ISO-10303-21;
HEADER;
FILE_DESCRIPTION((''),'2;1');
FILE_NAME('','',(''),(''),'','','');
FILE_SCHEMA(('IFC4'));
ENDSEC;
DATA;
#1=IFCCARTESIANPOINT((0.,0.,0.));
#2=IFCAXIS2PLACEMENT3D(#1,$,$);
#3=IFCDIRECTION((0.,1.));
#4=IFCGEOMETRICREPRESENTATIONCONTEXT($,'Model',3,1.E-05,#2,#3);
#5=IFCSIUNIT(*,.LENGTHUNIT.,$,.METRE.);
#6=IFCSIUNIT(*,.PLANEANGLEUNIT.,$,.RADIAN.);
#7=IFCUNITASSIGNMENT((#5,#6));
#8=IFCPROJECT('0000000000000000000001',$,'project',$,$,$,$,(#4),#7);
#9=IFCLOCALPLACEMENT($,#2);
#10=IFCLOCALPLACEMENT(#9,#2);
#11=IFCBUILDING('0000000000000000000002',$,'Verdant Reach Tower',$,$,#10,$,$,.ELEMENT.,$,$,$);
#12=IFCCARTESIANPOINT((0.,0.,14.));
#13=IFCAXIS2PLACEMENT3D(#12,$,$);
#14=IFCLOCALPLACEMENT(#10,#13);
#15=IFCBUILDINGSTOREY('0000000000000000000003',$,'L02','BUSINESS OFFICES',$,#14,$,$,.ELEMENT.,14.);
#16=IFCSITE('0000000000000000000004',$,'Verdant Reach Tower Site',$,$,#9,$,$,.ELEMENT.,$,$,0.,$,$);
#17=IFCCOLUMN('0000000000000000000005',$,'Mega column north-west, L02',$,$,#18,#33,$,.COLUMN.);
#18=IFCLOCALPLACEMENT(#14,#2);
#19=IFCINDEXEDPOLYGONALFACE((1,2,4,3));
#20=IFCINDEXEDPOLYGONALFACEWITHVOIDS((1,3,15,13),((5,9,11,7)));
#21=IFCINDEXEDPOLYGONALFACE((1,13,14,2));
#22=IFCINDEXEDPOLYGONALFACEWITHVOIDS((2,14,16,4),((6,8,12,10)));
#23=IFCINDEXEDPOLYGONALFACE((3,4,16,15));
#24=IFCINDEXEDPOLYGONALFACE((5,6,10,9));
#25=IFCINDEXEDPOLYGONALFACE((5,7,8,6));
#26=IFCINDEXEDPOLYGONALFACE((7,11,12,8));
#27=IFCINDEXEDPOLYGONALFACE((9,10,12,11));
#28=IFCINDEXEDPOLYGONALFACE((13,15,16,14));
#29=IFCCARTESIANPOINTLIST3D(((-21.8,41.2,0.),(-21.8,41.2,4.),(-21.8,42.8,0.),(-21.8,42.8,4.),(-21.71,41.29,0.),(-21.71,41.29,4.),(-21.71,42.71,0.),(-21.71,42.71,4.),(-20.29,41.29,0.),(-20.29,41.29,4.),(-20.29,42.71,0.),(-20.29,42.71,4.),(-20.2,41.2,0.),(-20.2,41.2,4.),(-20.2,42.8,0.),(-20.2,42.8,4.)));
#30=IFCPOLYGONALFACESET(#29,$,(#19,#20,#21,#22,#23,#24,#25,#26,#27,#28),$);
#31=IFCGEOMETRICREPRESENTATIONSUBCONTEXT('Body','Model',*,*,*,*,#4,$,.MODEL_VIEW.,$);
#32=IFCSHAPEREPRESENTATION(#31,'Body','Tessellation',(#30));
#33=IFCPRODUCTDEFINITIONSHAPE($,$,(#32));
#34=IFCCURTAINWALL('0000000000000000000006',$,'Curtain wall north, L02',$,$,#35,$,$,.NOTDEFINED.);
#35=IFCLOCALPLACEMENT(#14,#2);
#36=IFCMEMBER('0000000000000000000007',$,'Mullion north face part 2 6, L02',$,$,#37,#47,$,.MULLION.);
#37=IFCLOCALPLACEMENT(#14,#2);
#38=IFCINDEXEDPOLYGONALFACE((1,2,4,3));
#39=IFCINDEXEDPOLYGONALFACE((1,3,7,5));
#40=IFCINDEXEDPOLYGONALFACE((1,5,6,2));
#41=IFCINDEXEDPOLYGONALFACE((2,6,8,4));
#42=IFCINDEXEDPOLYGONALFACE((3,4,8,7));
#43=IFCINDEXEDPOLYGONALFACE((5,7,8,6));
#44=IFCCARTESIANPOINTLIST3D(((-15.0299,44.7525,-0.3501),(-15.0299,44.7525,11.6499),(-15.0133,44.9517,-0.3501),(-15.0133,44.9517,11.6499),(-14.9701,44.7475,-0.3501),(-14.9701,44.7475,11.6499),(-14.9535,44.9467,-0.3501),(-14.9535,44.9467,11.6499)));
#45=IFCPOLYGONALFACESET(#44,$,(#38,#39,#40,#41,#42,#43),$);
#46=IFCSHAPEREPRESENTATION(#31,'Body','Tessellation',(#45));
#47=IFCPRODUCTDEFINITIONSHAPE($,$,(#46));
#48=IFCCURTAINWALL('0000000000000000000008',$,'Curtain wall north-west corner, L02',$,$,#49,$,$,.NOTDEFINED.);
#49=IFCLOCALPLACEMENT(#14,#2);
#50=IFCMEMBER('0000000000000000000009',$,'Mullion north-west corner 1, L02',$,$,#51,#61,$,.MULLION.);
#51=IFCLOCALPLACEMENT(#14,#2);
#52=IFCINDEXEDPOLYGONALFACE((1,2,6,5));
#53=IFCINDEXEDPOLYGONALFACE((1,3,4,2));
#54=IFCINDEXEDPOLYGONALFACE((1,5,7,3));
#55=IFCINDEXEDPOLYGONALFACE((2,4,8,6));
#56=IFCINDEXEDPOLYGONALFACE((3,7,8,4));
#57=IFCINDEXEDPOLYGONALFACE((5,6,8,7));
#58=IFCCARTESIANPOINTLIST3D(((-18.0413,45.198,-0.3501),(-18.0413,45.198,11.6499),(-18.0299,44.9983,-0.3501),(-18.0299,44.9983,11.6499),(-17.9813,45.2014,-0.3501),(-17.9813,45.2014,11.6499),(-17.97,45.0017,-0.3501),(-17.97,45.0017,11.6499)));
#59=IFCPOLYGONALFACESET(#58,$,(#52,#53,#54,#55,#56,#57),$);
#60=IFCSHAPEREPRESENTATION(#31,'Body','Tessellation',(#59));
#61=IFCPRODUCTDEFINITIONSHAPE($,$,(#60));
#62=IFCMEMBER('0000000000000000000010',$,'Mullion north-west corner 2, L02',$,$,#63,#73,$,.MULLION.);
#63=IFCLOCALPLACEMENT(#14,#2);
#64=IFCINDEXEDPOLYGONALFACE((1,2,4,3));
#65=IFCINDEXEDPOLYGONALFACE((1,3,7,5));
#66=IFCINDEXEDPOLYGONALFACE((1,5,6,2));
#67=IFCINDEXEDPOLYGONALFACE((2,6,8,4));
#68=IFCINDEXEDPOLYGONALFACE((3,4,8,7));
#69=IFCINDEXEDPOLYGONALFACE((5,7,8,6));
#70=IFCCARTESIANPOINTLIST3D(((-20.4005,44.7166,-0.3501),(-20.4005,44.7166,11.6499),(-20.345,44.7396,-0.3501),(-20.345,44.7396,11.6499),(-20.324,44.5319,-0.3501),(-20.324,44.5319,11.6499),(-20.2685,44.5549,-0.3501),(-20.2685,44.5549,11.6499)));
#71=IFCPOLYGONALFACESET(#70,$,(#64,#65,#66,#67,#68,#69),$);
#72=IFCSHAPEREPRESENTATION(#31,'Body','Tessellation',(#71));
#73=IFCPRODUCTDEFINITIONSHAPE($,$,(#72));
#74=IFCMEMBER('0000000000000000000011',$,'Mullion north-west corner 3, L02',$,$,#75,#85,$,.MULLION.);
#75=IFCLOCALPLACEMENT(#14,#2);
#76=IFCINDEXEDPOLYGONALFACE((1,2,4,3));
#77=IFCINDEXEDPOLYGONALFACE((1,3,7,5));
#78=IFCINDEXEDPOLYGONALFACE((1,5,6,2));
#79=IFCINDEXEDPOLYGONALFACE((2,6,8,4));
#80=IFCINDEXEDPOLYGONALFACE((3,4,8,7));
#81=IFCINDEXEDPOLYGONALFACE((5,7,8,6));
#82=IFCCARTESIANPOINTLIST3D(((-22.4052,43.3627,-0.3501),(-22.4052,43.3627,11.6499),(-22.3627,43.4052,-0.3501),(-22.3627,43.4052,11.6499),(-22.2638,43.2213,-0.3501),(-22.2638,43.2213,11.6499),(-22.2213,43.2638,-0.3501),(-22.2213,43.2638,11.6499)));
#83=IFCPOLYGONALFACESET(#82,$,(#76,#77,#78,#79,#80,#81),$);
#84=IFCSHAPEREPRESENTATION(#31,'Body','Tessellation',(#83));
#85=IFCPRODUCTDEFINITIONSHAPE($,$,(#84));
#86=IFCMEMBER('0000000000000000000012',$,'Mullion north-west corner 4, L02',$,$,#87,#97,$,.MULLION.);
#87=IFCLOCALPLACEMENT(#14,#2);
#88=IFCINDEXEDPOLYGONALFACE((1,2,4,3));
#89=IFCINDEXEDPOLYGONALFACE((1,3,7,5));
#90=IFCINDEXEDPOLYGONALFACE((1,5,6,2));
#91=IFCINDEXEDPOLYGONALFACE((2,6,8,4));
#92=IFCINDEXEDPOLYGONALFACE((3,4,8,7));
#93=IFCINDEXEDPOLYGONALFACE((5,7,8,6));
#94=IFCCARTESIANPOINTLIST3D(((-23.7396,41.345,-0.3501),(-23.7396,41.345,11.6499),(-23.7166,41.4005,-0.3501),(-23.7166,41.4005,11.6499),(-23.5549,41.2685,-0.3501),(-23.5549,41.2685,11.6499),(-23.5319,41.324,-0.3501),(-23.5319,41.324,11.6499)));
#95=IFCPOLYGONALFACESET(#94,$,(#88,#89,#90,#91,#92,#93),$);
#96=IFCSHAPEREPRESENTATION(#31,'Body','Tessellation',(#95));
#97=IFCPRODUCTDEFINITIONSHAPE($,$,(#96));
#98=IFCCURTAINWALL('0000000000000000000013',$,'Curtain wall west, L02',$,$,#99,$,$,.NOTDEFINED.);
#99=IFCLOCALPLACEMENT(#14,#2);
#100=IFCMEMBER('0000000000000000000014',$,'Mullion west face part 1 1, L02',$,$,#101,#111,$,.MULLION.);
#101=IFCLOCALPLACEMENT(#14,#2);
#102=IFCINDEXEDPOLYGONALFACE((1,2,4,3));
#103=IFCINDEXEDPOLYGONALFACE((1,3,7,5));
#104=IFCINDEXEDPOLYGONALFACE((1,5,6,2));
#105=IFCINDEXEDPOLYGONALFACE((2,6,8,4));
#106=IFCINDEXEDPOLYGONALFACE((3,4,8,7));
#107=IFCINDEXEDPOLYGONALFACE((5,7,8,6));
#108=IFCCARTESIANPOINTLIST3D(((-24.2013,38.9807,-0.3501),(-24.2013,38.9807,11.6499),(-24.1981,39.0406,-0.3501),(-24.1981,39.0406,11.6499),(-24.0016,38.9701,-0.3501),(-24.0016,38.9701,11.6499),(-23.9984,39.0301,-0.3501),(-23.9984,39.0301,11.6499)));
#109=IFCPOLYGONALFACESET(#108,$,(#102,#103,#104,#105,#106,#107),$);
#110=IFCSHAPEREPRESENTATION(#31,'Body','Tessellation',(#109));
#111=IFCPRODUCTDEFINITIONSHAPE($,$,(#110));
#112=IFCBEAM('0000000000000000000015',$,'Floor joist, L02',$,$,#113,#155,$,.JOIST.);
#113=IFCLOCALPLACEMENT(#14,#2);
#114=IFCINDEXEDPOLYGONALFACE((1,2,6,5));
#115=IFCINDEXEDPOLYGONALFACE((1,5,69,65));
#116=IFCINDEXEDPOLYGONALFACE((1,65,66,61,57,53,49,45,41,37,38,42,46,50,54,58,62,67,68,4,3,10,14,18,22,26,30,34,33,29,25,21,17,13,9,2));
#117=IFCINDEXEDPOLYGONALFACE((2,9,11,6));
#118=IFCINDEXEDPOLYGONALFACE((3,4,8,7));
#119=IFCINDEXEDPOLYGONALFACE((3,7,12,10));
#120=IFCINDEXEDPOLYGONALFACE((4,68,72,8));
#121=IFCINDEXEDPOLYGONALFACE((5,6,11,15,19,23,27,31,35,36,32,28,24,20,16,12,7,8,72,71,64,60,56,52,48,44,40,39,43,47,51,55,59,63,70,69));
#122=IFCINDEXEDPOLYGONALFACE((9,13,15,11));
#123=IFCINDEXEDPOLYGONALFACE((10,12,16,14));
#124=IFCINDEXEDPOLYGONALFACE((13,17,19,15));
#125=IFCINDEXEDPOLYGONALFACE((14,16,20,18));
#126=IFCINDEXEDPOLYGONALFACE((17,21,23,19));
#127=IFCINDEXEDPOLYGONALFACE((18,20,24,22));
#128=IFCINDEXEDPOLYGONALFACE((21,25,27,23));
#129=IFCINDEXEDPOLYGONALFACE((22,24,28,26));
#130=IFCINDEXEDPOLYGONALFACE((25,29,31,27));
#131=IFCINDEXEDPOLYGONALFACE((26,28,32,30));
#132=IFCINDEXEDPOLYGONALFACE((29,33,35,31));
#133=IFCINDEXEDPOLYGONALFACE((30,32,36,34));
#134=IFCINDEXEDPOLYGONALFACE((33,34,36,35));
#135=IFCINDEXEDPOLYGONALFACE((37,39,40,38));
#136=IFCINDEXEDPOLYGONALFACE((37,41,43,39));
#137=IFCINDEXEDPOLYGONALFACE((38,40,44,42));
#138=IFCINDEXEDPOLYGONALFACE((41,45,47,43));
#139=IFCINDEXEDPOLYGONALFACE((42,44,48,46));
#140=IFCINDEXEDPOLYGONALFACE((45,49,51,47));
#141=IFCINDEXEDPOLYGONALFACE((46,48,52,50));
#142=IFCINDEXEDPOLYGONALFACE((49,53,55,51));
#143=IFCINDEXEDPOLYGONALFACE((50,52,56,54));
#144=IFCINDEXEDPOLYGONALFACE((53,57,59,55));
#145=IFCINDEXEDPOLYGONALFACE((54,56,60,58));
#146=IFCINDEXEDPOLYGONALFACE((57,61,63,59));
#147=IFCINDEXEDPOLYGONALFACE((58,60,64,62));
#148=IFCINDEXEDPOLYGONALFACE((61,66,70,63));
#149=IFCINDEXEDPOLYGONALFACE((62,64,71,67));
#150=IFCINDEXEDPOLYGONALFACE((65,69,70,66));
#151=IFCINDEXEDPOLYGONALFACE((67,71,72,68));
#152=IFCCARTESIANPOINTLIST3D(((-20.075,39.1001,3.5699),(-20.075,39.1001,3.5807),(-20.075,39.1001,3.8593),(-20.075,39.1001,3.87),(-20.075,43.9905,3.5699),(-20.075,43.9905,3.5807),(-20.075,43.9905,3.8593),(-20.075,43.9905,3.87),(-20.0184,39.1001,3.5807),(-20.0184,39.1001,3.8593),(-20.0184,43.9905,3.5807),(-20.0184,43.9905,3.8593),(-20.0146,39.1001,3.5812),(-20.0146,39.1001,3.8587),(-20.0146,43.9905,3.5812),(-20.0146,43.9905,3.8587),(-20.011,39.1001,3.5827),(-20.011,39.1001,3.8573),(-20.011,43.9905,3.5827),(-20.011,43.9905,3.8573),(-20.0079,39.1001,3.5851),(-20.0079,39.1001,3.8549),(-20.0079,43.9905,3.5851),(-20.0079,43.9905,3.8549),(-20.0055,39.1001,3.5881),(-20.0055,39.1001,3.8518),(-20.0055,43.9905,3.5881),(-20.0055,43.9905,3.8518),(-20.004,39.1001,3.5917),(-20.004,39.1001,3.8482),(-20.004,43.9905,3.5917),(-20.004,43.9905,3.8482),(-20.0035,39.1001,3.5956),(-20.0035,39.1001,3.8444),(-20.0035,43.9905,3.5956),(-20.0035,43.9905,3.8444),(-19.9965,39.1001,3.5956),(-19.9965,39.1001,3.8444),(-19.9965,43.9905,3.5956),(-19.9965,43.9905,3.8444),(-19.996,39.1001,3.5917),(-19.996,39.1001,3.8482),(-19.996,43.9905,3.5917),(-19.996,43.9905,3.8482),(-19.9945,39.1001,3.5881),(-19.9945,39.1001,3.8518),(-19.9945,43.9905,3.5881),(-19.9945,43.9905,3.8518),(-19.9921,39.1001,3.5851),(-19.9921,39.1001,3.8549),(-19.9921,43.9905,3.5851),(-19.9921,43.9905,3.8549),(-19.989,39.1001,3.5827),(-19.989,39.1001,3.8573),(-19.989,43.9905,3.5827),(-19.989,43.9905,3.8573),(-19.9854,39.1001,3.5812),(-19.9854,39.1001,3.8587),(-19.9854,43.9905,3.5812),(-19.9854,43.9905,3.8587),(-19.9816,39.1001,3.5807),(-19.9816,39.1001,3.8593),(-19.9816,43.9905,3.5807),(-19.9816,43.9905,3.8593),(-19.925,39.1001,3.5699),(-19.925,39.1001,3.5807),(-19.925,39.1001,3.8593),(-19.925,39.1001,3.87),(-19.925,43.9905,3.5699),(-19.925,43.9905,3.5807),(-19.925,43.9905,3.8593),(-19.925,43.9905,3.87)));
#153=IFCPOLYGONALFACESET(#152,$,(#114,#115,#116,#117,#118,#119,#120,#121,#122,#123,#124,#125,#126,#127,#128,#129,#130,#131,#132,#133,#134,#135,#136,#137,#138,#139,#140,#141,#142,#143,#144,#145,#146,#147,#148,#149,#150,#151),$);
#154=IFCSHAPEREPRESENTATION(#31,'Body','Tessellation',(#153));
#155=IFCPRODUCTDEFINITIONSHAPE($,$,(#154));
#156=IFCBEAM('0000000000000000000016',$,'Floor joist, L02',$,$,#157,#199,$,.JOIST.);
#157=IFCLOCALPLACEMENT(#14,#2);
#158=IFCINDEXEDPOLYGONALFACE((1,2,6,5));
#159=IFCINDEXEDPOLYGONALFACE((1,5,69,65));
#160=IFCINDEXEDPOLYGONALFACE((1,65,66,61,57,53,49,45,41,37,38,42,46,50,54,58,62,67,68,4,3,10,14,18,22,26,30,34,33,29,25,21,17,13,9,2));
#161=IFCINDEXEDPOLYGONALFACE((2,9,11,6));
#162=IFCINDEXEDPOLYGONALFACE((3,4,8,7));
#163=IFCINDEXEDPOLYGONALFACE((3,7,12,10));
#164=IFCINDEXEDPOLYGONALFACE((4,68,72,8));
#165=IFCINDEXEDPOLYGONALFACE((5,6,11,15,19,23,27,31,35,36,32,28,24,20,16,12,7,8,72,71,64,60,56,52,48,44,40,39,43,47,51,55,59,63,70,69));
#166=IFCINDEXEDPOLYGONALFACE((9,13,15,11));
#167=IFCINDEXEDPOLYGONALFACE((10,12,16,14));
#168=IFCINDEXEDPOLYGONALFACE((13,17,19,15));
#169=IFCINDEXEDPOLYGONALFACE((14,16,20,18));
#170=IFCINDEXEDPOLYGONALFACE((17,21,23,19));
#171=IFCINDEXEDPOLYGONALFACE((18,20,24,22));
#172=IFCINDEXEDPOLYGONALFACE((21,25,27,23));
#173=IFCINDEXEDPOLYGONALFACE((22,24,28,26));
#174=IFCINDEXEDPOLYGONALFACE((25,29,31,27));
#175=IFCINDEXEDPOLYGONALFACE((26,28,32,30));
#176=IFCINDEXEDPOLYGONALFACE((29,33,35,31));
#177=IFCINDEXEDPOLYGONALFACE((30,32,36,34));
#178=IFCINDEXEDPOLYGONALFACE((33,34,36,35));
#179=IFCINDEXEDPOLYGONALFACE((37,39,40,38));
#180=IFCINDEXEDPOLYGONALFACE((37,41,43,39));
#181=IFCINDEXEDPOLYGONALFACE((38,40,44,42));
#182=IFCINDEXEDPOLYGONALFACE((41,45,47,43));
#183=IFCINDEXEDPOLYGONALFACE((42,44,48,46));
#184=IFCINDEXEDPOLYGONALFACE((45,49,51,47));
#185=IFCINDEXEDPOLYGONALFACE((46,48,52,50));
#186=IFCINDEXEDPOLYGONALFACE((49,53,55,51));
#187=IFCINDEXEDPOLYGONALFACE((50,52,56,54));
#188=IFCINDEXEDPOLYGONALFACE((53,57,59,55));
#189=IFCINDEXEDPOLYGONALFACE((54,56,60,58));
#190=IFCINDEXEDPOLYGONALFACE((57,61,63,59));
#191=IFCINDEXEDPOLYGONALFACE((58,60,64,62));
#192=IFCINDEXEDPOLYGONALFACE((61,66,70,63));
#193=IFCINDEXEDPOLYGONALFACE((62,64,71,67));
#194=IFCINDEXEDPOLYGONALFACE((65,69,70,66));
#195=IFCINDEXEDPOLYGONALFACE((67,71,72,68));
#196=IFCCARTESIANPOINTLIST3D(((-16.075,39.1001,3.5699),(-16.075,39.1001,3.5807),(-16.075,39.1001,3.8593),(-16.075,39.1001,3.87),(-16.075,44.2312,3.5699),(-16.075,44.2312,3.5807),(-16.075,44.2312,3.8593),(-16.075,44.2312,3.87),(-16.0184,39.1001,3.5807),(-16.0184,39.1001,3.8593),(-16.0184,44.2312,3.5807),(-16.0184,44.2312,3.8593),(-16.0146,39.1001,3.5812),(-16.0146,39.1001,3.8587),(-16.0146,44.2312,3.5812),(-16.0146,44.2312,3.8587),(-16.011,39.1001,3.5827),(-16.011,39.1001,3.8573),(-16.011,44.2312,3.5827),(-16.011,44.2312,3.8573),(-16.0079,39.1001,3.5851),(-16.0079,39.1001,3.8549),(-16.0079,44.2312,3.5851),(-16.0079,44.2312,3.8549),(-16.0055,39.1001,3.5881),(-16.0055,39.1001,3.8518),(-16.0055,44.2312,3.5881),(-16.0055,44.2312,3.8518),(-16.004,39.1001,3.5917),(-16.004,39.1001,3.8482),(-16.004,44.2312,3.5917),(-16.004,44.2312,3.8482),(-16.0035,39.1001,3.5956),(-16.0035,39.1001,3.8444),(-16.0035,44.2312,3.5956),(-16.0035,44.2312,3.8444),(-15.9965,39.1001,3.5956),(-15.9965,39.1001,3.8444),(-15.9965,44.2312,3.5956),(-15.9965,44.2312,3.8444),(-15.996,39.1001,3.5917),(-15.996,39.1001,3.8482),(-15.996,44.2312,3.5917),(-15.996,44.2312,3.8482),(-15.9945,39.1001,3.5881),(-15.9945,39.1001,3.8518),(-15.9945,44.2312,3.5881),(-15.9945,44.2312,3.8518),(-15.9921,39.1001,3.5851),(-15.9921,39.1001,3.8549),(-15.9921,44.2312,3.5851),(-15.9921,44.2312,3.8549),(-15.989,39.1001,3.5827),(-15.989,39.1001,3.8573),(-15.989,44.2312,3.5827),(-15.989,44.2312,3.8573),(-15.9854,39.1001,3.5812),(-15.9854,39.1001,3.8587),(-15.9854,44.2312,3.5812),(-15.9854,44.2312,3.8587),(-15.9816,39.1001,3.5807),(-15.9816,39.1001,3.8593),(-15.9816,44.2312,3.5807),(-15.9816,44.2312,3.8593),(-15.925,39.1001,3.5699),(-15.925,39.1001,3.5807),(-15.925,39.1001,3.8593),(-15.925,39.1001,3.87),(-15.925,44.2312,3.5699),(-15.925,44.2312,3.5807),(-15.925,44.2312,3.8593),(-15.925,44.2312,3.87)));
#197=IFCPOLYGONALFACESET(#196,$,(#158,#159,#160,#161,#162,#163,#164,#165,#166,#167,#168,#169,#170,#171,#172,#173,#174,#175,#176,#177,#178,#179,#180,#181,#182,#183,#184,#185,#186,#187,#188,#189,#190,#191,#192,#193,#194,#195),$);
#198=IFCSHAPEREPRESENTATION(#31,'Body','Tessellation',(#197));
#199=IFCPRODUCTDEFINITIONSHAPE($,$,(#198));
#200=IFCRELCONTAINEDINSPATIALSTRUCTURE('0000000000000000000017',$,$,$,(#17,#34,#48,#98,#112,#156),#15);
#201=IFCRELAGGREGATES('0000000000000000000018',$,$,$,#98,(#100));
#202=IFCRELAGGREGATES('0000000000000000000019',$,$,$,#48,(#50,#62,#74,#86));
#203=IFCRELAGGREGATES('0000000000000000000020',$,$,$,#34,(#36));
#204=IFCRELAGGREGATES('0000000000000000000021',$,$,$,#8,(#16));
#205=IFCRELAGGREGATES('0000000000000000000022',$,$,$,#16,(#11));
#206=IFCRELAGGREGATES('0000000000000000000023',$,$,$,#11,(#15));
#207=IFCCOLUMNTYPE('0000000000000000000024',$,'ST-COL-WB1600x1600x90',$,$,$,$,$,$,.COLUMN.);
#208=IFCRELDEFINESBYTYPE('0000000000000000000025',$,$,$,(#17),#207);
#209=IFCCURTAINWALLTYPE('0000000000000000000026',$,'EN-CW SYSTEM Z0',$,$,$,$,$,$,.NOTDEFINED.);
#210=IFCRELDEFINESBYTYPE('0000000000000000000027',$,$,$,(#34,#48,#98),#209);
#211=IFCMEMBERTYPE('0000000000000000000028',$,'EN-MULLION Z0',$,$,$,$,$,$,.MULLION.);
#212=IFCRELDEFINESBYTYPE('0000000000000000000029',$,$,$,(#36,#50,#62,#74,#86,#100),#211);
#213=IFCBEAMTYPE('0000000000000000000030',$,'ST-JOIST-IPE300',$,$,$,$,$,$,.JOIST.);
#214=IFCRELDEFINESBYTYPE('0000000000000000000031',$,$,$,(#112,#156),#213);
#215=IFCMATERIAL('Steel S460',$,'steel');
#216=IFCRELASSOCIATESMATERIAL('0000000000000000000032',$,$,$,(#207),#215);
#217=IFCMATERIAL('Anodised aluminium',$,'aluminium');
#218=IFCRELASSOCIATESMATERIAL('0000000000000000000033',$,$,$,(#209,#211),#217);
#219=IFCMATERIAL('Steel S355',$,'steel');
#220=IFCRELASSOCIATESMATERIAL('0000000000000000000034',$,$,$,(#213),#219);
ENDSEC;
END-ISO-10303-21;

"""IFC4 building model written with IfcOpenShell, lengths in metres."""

from ifc_helpers import new_model, si_unit, direction, frame, origin, origin_2d, place, context, subcontext, project, spatial, rectangle, hollow_rectangle, i_section, extrude, material, material_profile, profile_set, type_object, element, aggregate, save


model = new_model("IFC4")

# Units and contexts
model_context = context("Model", 3, precision=1e-05, world=origin(), true_north=direction((0.0, 1.0)))
body_context = subcontext(model_context, "Body", "Model", "MODEL_VIEW")
ifc_project = project(units=[si_unit("LENGTHUNIT", "METRE"), si_unit("PLANEANGLEUNIT", "RADIAN")], contexts=[model_context])

# Site, building, storey
site_placement = place(None, origin())
site = spatial("IfcSite", under=ifc_project, at=site_placement, Name="Verdant Reach Tower Site", CompositionType="ELEMENT", RefElevation=0.0)
building_placement = place(site_placement, origin())
building = spatial("IfcBuilding", under=site, at=building_placement, Name="Verdant Reach Tower", CompositionType="ELEMENT")
storey_placement = place(building_placement, frame((0.0, 0.0, 14.0)))
storey = spatial("IfcBuildingStorey", under=building, at=storey_placement, Name="L02", Description="BUSINESS OFFICES", CompositionType="ELEMENT", Elevation=14.0)

# Column
ifc_material_1 = material(Name="Steel S460", Category="steel")
ifc_material_profile_1 = material_profile(ifc_material_1, hollow_rectangle(XDim=1.6001, YDim=1.6001, WallThickness=0.0901, at=origin_2d()), Name="WB 1600x1600x90")
ifc_profile_set_1 = profile_set([ifc_material_profile_1], Name="Steel S460")
column_type = type_object("IfcColumnType", Name="ST-COL-WB1600x1600x90", PredefinedType="COLUMN", material=ifc_profile_set_1)
column_placement = place(storey_placement, frame((-21.0, 42.0, 0.0), z_axis=(0.0, 0.0, 1.0), x_axis=(1.0, 0.0, 0.0)))
element("IfcColumn", 1, at=column_placement, inside=storey, type_object=column_type, Name="Mega column north-west, L02", PredefinedType="COLUMN", context=body_context, shape_type="SweptSolid", body=[
    extrude(hollow_rectangle(XDim=1.6001, YDim=1.6001, WallThickness=0.0901, at=origin_2d()), origin(), (0.0, 0.0, 1.0), 4.0),
])

# Curtain wall, member
ifc_material_2 = material(Name="Anodised aluminium", Category="aluminium")
curtain_wall_type = type_object("IfcCurtainWallType", Name="EN-CW SYSTEM Z0", PredefinedType="NOTDEFINED", material=ifc_material_2)
curtain_wall_1_placement = place(storey_placement, origin())
curtain_wall_1 = element("IfcCurtainWall", 2, at=curtain_wall_1_placement, inside=storey, type_object=curtain_wall_type, Name="Curtain wall north, L02", PredefinedType="NOTDEFINED")
ifc_material_profile_2 = material_profile(ifc_material_2, rectangle(XDim=0.2, YDim=0.0601, at=origin_2d()), Name="Mullion 60x200")
ifc_profile_set_2 = profile_set([ifc_material_profile_2], Name="Anodised aluminium")
member_type = type_object("IfcMemberType", Name="EN-MULLION Z0", PredefinedType="MULLION", material=ifc_profile_set_2)
member_1_placement = place(storey_placement, frame((-14.9917, 44.8496, -0.3501), z_axis=(0.0, 0.0, 1.0), x_axis=(0.083045, 0.996546, 0.0)))
member_1 = element("IfcMember", 3, at=member_1_placement, type_object=member_type, Name="Mullion north face part 2 6, L02", PredefinedType="MULLION", context=body_context, shape_type="SweptSolid", body=[
    extrude(rectangle(XDim=0.2, YDim=0.0601, at=origin_2d()), origin(), (0.0, 0.0, 1.0), 12.0),
])

# Curtain wall, members
curtain_wall_2_placement = place(storey_placement, origin())
curtain_wall_2 = element("IfcCurtainWall", 4, at=curtain_wall_2_placement, inside=storey, type_object=curtain_wall_type, Name="Curtain wall north-west corner, L02", PredefinedType="NOTDEFINED")
member_2_placement = place(storey_placement, frame((-18.0056, 45.0999, -0.3501), z_axis=(0.0, 0.0, 1.0), x_axis=(-0.056569, 0.998399, 0.0)))
member_2 = element("IfcMember", 5, at=member_2_placement, type_object=member_type, Name="Mullion north-west corner 1, L02", PredefinedType="MULLION", context=body_context, shape_type="SweptSolid", body=[
    extrude(rectangle(XDim=0.2, YDim=0.0601, at=origin_2d()), origin(), (0.0, 0.0, 1.0), 12.0),
])
member_3_placement = place(storey_placement, frame((-20.3345, 44.6357, -0.3501), z_axis=(0.0, 0.0, 1.0), x_axis=(-0.382694, 0.923875, 0.0)))
member_3 = element("IfcMember", 6, at=member_3_placement, type_object=member_type, Name="Mullion north-west corner 2, L02", PredefinedType="MULLION", context=body_context, shape_type="SweptSolid", body=[
    extrude(rectangle(XDim=0.2, YDim=0.0601, at=origin_2d()), origin(), (0.0, 0.0, 1.0), 12.0),
])
member_4_placement = place(storey_placement, frame((-22.3132, 43.3132, -0.3501), z_axis=(0.0, 0.0, 1.0), x_axis=(-0.707107, 0.707107, 0.0)))
member_4 = element("IfcMember", 7, at=member_4_placement, type_object=member_type, Name="Mullion north-west corner 3, L02", PredefinedType="MULLION", context=body_context, shape_type="SweptSolid", body=[
    extrude(rectangle(XDim=0.2, YDim=0.0601, at=origin_2d()), origin(), (0.0, 0.0, 1.0), 12.0),
])
member_5_placement = place(storey_placement, frame((-23.6357, 41.3345, -0.3501), z_axis=(0.0, 0.0, 1.0), x_axis=(-0.923875, 0.382694, 0.0)))
member_5 = element("IfcMember", 8, at=member_5_placement, type_object=member_type, Name="Mullion north-west corner 4, L02", PredefinedType="MULLION", context=body_context, shape_type="SweptSolid", body=[
    extrude(rectangle(XDim=0.2, YDim=0.0601, at=origin_2d()), origin(), (0.0, 0.0, 1.0), 12.0),
])

# Curtain wall, member
curtain_wall_3_placement = place(storey_placement, origin())
curtain_wall_3 = element("IfcCurtainWall", 9, at=curtain_wall_3_placement, inside=storey, type_object=curtain_wall_type, Name="Curtain wall west, L02", PredefinedType="NOTDEFINED")
member_6_placement = place(storey_placement, frame((-24.0999, 39.0054, -0.3501), z_axis=(0.0, 0.0, 1.0), x_axis=(-0.998604, 0.052815, 0.0)))
member_6 = element("IfcMember", 10, at=member_6_placement, type_object=member_type, Name="Mullion west face part 1 1, L02", PredefinedType="MULLION", context=body_context, shape_type="SweptSolid", body=[
    extrude(rectangle(XDim=0.2, YDim=0.0601, at=origin_2d()), origin(), (0.0, 0.0, 1.0), 12.0),
])
aggregate(curtain_wall_3, [member_6])

# Beams
ifc_material_3 = material(Name="Steel S355", Category="steel")
ifc_material_profile_3 = material_profile(ifc_material_3, i_section(OverallWidth=0.1499, OverallDepth=0.3, WebThickness=0.0071, FlangeThickness=0.0107, FilletRadius=0.0149, at=origin_2d()), Name="IPE 300")
ifc_profile_set_3 = profile_set([ifc_material_profile_3], Name="Steel S355")
beam_type_1 = type_object("IfcBeamType", Name="ST-JOIST-IPE300", PredefinedType="JOIST", material=ifc_profile_set_3)
beam_1_placement = place(storey_placement, frame((-20.0, 39.1001, 3.72), z_axis=(0.0, 1.0, 0.0), x_axis=(-1.0, 0.0, 0.0)))
element("IfcBeam", 11, at=beam_1_placement, inside=storey, type_object=beam_type_1, Name="Floor joist, L02", PredefinedType="JOIST", context=body_context, shape_type="SweptSolid", body=[
    extrude(i_section(OverallWidth=0.1499, OverallDepth=0.3, WebThickness=0.0071, FlangeThickness=0.0107, FilletRadius=0.0149, at=origin_2d()), origin(), (0.0, 0.0, 1.0), 4.8904),
])
beam_2_placement = place(storey_placement, frame((-16.0, 39.1001, 3.72), z_axis=(0.0, 1.0, 0.0), x_axis=(-1.0, 0.0, 0.0)))
element("IfcBeam", 12, at=beam_2_placement, inside=storey, type_object=beam_type_1, Name="Floor joist, L02", PredefinedType="JOIST", context=body_context, shape_type="SweptSolid", body=[
    extrude(i_section(OverallWidth=0.1499, OverallDepth=0.3, WebThickness=0.0071, FlangeThickness=0.0107, FilletRadius=0.0149, at=origin_2d()), origin(), (0.0, 0.0, 1.0), 5.1311),
])

aggregate(curtain_wall_2, [member_2, member_3, member_4, member_5])
aggregate(curtain_wall_1, [member_1])

save(model, "model.ifc")
